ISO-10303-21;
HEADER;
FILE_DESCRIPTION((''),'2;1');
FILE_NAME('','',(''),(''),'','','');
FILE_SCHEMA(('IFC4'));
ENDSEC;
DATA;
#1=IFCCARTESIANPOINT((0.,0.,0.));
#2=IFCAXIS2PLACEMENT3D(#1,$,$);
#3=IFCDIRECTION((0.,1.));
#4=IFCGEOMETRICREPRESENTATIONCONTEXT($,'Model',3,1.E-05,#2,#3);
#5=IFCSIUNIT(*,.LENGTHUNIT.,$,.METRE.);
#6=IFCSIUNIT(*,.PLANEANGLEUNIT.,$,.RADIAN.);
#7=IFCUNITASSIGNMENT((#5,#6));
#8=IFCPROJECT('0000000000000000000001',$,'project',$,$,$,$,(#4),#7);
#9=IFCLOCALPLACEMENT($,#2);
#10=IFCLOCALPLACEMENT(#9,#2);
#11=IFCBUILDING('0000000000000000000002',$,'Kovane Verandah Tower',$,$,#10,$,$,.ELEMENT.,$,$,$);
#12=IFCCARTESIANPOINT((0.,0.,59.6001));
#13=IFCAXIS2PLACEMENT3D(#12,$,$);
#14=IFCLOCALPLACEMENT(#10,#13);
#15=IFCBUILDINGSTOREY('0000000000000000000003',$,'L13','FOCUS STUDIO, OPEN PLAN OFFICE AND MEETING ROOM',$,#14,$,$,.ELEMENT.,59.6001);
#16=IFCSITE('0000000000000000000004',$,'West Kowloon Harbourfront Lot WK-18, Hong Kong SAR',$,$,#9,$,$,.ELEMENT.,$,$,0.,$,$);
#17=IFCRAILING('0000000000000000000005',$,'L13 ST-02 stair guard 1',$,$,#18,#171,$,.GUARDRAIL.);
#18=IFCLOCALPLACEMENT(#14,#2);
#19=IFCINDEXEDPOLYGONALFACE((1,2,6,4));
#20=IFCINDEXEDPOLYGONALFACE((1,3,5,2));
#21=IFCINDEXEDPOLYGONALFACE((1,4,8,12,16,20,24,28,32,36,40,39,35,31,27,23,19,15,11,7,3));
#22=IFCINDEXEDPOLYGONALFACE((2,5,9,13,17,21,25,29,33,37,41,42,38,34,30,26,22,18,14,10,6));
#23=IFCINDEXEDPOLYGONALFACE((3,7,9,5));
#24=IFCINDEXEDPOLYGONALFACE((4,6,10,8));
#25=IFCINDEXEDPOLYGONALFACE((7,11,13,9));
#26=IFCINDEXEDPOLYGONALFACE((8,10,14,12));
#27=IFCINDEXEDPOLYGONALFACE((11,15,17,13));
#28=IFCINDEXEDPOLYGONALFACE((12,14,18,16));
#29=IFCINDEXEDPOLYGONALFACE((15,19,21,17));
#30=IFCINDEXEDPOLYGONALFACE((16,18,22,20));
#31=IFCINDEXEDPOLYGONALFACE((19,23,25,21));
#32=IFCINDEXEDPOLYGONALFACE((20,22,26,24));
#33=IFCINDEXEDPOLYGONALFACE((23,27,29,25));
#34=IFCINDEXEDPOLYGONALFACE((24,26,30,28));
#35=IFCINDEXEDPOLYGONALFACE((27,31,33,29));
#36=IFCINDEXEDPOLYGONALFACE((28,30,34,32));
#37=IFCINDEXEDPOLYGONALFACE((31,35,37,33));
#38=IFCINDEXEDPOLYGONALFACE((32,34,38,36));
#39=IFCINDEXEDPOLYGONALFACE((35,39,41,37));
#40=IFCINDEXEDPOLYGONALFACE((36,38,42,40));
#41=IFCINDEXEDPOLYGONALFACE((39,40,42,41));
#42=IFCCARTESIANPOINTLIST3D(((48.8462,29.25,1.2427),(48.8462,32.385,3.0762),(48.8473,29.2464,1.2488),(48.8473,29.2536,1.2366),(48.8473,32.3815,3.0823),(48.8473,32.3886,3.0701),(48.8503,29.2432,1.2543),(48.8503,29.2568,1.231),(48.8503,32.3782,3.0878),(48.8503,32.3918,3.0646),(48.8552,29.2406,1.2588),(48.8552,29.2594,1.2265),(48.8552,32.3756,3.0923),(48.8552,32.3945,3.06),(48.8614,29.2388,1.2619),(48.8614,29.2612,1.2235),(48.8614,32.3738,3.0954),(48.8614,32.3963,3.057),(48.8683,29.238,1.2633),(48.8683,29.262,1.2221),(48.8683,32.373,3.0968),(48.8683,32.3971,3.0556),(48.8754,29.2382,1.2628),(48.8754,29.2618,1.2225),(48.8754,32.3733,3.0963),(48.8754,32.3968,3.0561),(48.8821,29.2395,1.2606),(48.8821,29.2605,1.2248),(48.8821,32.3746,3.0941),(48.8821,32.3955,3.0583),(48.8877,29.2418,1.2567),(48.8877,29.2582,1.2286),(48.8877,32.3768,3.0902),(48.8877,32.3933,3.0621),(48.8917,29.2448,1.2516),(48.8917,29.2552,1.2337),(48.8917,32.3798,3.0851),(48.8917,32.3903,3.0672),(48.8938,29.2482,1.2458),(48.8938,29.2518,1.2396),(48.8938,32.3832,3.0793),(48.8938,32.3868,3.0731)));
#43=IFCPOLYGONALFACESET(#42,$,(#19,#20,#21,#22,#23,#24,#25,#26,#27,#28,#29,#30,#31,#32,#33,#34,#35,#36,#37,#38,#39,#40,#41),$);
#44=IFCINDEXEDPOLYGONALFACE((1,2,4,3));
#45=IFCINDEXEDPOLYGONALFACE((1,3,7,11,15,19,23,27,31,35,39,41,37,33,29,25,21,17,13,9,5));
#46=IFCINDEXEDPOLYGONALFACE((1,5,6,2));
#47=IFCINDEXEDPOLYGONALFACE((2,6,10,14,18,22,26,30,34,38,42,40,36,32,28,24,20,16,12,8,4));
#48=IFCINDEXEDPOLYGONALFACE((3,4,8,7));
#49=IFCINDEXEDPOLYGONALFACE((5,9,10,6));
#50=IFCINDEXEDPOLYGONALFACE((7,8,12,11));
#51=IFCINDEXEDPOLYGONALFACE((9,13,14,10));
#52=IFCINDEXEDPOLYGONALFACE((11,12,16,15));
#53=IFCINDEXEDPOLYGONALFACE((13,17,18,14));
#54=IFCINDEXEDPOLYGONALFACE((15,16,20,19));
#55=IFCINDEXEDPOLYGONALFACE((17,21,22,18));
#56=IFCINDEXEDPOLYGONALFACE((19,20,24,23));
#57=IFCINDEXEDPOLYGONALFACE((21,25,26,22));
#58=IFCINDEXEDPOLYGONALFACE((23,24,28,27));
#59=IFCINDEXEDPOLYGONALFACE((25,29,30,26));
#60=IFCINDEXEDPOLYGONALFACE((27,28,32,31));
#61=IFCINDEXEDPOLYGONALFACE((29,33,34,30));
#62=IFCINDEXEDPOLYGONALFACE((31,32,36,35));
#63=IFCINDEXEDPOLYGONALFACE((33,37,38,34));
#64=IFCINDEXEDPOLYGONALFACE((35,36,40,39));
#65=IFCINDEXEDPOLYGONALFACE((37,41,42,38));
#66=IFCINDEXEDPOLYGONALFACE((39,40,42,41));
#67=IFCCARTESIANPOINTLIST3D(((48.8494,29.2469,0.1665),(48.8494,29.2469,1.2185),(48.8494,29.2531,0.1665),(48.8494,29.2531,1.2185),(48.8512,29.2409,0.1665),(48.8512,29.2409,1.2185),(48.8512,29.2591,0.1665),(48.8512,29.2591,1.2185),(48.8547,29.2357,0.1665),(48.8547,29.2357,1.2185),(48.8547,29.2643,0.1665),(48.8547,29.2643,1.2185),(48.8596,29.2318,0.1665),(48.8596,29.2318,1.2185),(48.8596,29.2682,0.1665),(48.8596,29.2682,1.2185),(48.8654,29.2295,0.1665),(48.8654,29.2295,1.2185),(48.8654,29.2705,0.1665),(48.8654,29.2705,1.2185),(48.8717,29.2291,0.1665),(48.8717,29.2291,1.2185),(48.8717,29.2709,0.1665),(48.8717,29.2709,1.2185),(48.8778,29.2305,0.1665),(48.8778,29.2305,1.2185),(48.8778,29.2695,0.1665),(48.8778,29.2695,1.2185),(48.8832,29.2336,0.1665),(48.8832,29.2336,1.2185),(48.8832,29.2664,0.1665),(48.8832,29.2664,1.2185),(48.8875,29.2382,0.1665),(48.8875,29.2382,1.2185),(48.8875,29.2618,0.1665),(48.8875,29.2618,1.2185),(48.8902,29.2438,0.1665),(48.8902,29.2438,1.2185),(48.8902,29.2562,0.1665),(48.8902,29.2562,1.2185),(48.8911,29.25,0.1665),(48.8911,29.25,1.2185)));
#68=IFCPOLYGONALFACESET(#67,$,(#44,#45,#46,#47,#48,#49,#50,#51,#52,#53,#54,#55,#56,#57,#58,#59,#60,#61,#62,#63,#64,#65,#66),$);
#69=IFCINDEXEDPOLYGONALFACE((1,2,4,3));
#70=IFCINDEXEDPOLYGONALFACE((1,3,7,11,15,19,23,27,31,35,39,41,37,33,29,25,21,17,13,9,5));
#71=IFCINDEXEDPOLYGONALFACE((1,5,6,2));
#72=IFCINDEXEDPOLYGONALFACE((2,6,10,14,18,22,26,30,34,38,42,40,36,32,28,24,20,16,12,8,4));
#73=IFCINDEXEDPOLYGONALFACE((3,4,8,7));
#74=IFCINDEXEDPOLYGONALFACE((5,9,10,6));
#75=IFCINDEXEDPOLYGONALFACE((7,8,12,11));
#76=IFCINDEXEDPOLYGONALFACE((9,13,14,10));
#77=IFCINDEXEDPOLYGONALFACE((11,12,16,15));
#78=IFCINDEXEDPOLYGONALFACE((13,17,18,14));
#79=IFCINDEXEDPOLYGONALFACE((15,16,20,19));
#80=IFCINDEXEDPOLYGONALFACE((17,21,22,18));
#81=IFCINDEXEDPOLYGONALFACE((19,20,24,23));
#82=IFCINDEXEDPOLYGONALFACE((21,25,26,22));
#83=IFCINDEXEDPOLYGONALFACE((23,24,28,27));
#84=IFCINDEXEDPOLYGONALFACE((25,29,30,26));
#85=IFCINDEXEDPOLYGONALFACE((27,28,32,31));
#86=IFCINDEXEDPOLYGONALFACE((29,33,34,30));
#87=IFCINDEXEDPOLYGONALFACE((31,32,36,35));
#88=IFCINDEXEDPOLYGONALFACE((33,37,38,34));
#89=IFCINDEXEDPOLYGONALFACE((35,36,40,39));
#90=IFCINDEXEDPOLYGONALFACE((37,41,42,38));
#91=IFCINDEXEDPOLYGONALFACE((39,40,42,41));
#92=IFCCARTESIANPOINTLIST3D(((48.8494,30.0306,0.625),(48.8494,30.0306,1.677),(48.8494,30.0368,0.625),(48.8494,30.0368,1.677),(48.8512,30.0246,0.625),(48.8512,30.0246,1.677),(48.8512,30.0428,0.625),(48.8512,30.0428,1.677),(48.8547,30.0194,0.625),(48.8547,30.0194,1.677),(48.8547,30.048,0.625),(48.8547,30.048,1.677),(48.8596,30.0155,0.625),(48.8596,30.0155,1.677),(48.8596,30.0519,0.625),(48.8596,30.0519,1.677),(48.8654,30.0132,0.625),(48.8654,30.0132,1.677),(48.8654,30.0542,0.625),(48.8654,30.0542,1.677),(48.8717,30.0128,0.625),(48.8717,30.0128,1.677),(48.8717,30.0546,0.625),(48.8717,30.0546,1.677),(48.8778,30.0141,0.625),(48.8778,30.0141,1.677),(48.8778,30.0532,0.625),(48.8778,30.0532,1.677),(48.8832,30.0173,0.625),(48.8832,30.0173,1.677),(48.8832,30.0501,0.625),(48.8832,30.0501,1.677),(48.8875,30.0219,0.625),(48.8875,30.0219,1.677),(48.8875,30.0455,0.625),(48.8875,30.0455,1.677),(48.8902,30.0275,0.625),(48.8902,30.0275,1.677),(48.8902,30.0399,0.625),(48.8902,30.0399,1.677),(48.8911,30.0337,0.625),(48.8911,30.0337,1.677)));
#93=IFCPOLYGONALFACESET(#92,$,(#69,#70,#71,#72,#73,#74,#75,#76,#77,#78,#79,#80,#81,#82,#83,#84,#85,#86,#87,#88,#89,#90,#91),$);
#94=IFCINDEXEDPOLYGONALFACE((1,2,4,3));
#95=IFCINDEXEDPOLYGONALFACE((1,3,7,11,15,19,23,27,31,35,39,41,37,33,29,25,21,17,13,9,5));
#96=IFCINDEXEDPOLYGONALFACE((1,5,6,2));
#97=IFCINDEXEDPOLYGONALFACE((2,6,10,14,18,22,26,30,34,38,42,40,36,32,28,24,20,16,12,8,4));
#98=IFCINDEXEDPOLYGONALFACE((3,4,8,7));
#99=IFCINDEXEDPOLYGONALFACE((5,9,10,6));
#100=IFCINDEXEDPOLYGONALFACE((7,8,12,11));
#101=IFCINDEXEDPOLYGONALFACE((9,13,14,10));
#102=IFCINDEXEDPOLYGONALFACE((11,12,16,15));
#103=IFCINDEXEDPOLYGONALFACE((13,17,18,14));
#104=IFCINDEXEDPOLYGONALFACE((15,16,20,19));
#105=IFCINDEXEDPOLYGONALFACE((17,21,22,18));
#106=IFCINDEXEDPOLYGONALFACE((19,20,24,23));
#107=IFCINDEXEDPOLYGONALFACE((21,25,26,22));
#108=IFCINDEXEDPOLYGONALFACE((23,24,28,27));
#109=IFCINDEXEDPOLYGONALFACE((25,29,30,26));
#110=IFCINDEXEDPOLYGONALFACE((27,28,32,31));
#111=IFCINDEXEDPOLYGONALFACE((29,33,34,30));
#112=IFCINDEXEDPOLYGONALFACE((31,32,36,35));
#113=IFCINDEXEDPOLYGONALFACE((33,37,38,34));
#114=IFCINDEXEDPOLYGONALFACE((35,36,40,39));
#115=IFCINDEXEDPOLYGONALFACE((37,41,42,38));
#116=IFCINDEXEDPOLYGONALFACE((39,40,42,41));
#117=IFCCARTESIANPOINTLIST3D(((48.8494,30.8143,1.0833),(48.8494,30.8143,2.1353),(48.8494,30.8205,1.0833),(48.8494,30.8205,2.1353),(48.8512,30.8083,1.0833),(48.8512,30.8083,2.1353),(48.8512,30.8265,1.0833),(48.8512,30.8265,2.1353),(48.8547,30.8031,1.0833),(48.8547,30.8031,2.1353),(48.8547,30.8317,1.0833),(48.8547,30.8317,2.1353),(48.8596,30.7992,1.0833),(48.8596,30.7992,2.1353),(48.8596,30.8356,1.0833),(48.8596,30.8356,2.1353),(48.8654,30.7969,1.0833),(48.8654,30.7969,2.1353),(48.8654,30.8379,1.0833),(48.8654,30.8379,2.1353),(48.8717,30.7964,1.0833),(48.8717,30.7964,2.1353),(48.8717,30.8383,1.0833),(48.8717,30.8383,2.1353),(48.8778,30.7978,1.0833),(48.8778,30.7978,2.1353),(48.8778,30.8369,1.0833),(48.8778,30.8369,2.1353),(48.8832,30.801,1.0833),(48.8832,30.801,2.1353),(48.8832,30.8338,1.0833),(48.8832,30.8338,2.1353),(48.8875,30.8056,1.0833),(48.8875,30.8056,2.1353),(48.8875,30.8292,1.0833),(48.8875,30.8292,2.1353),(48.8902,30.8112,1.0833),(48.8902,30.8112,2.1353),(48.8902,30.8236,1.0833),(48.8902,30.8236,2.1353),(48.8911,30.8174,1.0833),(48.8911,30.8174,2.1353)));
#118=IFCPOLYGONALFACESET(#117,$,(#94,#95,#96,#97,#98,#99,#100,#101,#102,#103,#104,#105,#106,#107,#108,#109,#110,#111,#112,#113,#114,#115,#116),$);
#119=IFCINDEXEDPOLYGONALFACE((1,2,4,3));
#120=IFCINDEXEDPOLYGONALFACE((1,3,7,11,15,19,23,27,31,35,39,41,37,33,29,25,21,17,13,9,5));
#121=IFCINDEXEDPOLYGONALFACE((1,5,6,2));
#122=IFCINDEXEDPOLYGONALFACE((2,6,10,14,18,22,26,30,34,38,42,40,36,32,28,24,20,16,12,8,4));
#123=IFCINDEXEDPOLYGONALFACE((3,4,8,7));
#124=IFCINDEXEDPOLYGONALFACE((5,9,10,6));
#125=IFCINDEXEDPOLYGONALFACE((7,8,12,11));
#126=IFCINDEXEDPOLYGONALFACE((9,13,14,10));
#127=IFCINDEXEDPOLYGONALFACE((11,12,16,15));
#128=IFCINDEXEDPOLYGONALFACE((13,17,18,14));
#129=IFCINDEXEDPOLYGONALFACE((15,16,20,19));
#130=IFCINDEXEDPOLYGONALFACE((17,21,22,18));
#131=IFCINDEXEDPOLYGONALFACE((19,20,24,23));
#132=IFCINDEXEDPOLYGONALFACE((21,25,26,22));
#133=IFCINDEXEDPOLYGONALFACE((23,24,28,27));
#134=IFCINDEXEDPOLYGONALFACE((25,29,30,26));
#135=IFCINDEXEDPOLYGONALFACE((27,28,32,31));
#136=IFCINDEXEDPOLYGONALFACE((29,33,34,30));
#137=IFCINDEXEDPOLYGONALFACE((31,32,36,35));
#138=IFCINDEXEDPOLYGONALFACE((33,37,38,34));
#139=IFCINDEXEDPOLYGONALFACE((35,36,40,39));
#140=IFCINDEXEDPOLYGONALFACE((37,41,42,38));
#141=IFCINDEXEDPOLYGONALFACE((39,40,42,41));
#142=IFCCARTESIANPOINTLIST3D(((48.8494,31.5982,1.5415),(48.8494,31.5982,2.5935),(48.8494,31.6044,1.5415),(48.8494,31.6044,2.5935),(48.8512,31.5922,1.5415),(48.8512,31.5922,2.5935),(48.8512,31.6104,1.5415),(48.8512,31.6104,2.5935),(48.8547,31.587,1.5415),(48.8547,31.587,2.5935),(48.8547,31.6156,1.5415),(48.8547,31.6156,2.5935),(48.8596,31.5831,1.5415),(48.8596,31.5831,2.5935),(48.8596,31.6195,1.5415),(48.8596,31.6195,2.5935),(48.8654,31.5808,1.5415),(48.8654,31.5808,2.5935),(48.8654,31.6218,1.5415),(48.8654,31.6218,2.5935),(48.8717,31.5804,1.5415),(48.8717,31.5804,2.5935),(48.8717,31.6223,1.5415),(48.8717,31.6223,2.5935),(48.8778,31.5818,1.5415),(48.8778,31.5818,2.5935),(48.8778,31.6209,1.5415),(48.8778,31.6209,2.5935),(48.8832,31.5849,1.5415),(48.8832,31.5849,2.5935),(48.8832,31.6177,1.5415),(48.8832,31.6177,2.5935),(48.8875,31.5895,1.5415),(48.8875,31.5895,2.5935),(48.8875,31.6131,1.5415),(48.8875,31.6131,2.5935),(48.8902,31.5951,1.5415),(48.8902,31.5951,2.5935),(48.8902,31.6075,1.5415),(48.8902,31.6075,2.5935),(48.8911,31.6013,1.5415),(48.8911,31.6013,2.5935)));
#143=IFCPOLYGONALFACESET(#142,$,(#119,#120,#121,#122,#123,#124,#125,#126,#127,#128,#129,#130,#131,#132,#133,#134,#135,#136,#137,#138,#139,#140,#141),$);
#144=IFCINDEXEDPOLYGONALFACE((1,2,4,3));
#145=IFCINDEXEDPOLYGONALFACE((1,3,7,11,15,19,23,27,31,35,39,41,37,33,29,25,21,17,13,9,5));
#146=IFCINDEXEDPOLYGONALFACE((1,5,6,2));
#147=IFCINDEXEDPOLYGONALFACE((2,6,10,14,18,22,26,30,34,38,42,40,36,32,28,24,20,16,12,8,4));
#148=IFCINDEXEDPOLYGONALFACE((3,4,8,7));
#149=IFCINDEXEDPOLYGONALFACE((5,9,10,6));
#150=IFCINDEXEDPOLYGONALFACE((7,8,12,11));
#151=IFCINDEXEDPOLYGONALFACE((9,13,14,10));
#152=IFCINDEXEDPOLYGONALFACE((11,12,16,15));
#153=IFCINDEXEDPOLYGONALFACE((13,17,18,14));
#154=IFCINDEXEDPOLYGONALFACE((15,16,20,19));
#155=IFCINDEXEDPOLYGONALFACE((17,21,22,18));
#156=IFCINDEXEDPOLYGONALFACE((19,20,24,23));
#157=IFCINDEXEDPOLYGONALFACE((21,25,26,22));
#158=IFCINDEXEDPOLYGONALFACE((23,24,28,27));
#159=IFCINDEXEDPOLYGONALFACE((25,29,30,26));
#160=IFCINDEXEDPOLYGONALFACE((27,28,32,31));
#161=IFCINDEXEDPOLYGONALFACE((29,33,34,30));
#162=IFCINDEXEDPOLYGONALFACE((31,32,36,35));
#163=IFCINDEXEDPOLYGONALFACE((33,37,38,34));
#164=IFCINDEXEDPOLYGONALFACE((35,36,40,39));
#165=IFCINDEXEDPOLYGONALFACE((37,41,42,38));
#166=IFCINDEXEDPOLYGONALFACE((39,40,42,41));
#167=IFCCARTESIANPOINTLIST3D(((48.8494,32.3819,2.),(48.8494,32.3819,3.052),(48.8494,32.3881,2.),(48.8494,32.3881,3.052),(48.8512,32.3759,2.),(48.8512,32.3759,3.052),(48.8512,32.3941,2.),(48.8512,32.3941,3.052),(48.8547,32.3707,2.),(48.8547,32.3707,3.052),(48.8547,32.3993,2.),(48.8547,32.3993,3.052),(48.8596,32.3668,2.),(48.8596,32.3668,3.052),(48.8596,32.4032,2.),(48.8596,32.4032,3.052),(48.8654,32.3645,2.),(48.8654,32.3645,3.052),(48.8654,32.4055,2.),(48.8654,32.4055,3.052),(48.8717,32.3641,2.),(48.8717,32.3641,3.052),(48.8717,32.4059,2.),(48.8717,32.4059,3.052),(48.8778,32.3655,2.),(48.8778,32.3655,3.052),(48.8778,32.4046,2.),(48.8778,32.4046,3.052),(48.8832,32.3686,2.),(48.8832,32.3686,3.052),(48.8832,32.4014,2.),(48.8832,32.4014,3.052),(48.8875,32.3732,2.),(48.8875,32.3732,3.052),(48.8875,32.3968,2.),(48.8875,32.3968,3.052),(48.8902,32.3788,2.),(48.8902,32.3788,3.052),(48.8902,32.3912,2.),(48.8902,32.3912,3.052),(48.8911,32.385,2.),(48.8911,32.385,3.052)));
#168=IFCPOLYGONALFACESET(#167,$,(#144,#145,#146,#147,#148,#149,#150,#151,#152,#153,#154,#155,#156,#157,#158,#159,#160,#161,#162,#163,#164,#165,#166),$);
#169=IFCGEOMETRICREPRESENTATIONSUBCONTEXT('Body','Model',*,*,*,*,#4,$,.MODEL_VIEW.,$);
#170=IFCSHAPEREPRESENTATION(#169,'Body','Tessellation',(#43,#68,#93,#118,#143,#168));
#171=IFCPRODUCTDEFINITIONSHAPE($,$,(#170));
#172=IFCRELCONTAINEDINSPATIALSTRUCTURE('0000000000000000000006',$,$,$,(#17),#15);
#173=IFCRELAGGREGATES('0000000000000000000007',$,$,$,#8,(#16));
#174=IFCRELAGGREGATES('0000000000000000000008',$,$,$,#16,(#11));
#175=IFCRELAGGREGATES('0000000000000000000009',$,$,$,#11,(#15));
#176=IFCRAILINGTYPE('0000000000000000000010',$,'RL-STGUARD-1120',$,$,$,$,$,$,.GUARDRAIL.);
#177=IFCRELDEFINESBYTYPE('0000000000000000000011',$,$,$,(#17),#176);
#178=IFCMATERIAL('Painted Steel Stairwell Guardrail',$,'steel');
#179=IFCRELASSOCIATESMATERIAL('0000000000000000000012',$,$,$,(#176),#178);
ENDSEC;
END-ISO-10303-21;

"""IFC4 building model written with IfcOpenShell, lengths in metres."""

from ifc_helpers import new_model, si_unit, direction, frame, origin, origin_2d, place, context, subcontext, project, spatial, circle, extrude, material, type_object, element, save


model = new_model("IFC4")

# Units and contexts
model_context = context("Model", 3, precision=1e-05, world=origin(), true_north=direction((0.0, 1.0)))
body_context = subcontext(model_context, "Body", "Model", "MODEL_VIEW")
ifc_project = project(units=[si_unit("LENGTHUNIT", "METRE"), si_unit("PLANEANGLEUNIT", "RADIAN")], contexts=[model_context])

# Site, building, storey
site_placement = place(None, origin())
site = spatial("IfcSite", under=ifc_project, at=site_placement, Name="West Kowloon Harbourfront Lot WK-18, Hong Kong SAR", CompositionType="ELEMENT", RefElevation=0.0)
building_placement = place(site_placement, origin())
building = spatial("IfcBuilding", under=site, at=building_placement, Name="Kovane Verandah Tower", CompositionType="ELEMENT")
storey_placement = place(building_placement, frame((0.0, 0.0, 59.6001)))
storey = spatial("IfcBuildingStorey", under=building, at=storey_placement, Name="L13", Description="FOCUS STUDIO, OPEN PLAN OFFICE AND MEETING ROOM", CompositionType="ELEMENT", Elevation=59.6001)

# Railing
ifc_material_1 = material(Name="Painted Steel Stairwell Guardrail", Category="steel")
railing_type = type_object("IfcRailingType", Name="RL-STGUARD-1120", PredefinedType="GUARDRAIL", material=ifc_material_1)
railing_1_placement = place(storey_placement, frame((48.8701, 29.25, 0.1665)))
element("IfcRailing", 1, at=railing_1_placement, inside=storey, type_object=railing_type, Name="L13 ST-02 stair guard 1", PredefinedType="GUARDRAIL", context=body_context, shape_type="SweptSolid", body=[
    extrude(circle(Radius=0.0239, at=origin_2d()), frame((0.0, 0.0, 1.0762), z_axis=(0.0, 0.86321, 0.504845), x_axis=(-1.0, 0.0, 0.0)), (0.0, 0.0, 1.0), 3.6318),
    extrude(circle(Radius=0.021, at=origin_2d()), origin(), (0.0, 0.0, 1.0), 1.052),
    extrude(circle(Radius=0.021, at=origin_2d()), frame((0.0, 0.7837, 0.4585)), (0.0, 0.0, 1.0), 1.052),
    extrude(circle(Radius=0.021, at=origin_2d()), frame((0.0, 1.5674, 0.9167)), (0.0, 0.0, 1.0), 1.052),
    extrude(circle(Radius=0.021, at=origin_2d()), frame((0.0, 2.3513, 1.375)), (0.0, 0.0, 1.0), 1.052),
    extrude(circle(Radius=0.021, at=origin_2d()), frame((0.0, 3.135, 1.8335)), (0.0, 0.0, 1.0), 1.052),
])

save(model, "model.ifc")
